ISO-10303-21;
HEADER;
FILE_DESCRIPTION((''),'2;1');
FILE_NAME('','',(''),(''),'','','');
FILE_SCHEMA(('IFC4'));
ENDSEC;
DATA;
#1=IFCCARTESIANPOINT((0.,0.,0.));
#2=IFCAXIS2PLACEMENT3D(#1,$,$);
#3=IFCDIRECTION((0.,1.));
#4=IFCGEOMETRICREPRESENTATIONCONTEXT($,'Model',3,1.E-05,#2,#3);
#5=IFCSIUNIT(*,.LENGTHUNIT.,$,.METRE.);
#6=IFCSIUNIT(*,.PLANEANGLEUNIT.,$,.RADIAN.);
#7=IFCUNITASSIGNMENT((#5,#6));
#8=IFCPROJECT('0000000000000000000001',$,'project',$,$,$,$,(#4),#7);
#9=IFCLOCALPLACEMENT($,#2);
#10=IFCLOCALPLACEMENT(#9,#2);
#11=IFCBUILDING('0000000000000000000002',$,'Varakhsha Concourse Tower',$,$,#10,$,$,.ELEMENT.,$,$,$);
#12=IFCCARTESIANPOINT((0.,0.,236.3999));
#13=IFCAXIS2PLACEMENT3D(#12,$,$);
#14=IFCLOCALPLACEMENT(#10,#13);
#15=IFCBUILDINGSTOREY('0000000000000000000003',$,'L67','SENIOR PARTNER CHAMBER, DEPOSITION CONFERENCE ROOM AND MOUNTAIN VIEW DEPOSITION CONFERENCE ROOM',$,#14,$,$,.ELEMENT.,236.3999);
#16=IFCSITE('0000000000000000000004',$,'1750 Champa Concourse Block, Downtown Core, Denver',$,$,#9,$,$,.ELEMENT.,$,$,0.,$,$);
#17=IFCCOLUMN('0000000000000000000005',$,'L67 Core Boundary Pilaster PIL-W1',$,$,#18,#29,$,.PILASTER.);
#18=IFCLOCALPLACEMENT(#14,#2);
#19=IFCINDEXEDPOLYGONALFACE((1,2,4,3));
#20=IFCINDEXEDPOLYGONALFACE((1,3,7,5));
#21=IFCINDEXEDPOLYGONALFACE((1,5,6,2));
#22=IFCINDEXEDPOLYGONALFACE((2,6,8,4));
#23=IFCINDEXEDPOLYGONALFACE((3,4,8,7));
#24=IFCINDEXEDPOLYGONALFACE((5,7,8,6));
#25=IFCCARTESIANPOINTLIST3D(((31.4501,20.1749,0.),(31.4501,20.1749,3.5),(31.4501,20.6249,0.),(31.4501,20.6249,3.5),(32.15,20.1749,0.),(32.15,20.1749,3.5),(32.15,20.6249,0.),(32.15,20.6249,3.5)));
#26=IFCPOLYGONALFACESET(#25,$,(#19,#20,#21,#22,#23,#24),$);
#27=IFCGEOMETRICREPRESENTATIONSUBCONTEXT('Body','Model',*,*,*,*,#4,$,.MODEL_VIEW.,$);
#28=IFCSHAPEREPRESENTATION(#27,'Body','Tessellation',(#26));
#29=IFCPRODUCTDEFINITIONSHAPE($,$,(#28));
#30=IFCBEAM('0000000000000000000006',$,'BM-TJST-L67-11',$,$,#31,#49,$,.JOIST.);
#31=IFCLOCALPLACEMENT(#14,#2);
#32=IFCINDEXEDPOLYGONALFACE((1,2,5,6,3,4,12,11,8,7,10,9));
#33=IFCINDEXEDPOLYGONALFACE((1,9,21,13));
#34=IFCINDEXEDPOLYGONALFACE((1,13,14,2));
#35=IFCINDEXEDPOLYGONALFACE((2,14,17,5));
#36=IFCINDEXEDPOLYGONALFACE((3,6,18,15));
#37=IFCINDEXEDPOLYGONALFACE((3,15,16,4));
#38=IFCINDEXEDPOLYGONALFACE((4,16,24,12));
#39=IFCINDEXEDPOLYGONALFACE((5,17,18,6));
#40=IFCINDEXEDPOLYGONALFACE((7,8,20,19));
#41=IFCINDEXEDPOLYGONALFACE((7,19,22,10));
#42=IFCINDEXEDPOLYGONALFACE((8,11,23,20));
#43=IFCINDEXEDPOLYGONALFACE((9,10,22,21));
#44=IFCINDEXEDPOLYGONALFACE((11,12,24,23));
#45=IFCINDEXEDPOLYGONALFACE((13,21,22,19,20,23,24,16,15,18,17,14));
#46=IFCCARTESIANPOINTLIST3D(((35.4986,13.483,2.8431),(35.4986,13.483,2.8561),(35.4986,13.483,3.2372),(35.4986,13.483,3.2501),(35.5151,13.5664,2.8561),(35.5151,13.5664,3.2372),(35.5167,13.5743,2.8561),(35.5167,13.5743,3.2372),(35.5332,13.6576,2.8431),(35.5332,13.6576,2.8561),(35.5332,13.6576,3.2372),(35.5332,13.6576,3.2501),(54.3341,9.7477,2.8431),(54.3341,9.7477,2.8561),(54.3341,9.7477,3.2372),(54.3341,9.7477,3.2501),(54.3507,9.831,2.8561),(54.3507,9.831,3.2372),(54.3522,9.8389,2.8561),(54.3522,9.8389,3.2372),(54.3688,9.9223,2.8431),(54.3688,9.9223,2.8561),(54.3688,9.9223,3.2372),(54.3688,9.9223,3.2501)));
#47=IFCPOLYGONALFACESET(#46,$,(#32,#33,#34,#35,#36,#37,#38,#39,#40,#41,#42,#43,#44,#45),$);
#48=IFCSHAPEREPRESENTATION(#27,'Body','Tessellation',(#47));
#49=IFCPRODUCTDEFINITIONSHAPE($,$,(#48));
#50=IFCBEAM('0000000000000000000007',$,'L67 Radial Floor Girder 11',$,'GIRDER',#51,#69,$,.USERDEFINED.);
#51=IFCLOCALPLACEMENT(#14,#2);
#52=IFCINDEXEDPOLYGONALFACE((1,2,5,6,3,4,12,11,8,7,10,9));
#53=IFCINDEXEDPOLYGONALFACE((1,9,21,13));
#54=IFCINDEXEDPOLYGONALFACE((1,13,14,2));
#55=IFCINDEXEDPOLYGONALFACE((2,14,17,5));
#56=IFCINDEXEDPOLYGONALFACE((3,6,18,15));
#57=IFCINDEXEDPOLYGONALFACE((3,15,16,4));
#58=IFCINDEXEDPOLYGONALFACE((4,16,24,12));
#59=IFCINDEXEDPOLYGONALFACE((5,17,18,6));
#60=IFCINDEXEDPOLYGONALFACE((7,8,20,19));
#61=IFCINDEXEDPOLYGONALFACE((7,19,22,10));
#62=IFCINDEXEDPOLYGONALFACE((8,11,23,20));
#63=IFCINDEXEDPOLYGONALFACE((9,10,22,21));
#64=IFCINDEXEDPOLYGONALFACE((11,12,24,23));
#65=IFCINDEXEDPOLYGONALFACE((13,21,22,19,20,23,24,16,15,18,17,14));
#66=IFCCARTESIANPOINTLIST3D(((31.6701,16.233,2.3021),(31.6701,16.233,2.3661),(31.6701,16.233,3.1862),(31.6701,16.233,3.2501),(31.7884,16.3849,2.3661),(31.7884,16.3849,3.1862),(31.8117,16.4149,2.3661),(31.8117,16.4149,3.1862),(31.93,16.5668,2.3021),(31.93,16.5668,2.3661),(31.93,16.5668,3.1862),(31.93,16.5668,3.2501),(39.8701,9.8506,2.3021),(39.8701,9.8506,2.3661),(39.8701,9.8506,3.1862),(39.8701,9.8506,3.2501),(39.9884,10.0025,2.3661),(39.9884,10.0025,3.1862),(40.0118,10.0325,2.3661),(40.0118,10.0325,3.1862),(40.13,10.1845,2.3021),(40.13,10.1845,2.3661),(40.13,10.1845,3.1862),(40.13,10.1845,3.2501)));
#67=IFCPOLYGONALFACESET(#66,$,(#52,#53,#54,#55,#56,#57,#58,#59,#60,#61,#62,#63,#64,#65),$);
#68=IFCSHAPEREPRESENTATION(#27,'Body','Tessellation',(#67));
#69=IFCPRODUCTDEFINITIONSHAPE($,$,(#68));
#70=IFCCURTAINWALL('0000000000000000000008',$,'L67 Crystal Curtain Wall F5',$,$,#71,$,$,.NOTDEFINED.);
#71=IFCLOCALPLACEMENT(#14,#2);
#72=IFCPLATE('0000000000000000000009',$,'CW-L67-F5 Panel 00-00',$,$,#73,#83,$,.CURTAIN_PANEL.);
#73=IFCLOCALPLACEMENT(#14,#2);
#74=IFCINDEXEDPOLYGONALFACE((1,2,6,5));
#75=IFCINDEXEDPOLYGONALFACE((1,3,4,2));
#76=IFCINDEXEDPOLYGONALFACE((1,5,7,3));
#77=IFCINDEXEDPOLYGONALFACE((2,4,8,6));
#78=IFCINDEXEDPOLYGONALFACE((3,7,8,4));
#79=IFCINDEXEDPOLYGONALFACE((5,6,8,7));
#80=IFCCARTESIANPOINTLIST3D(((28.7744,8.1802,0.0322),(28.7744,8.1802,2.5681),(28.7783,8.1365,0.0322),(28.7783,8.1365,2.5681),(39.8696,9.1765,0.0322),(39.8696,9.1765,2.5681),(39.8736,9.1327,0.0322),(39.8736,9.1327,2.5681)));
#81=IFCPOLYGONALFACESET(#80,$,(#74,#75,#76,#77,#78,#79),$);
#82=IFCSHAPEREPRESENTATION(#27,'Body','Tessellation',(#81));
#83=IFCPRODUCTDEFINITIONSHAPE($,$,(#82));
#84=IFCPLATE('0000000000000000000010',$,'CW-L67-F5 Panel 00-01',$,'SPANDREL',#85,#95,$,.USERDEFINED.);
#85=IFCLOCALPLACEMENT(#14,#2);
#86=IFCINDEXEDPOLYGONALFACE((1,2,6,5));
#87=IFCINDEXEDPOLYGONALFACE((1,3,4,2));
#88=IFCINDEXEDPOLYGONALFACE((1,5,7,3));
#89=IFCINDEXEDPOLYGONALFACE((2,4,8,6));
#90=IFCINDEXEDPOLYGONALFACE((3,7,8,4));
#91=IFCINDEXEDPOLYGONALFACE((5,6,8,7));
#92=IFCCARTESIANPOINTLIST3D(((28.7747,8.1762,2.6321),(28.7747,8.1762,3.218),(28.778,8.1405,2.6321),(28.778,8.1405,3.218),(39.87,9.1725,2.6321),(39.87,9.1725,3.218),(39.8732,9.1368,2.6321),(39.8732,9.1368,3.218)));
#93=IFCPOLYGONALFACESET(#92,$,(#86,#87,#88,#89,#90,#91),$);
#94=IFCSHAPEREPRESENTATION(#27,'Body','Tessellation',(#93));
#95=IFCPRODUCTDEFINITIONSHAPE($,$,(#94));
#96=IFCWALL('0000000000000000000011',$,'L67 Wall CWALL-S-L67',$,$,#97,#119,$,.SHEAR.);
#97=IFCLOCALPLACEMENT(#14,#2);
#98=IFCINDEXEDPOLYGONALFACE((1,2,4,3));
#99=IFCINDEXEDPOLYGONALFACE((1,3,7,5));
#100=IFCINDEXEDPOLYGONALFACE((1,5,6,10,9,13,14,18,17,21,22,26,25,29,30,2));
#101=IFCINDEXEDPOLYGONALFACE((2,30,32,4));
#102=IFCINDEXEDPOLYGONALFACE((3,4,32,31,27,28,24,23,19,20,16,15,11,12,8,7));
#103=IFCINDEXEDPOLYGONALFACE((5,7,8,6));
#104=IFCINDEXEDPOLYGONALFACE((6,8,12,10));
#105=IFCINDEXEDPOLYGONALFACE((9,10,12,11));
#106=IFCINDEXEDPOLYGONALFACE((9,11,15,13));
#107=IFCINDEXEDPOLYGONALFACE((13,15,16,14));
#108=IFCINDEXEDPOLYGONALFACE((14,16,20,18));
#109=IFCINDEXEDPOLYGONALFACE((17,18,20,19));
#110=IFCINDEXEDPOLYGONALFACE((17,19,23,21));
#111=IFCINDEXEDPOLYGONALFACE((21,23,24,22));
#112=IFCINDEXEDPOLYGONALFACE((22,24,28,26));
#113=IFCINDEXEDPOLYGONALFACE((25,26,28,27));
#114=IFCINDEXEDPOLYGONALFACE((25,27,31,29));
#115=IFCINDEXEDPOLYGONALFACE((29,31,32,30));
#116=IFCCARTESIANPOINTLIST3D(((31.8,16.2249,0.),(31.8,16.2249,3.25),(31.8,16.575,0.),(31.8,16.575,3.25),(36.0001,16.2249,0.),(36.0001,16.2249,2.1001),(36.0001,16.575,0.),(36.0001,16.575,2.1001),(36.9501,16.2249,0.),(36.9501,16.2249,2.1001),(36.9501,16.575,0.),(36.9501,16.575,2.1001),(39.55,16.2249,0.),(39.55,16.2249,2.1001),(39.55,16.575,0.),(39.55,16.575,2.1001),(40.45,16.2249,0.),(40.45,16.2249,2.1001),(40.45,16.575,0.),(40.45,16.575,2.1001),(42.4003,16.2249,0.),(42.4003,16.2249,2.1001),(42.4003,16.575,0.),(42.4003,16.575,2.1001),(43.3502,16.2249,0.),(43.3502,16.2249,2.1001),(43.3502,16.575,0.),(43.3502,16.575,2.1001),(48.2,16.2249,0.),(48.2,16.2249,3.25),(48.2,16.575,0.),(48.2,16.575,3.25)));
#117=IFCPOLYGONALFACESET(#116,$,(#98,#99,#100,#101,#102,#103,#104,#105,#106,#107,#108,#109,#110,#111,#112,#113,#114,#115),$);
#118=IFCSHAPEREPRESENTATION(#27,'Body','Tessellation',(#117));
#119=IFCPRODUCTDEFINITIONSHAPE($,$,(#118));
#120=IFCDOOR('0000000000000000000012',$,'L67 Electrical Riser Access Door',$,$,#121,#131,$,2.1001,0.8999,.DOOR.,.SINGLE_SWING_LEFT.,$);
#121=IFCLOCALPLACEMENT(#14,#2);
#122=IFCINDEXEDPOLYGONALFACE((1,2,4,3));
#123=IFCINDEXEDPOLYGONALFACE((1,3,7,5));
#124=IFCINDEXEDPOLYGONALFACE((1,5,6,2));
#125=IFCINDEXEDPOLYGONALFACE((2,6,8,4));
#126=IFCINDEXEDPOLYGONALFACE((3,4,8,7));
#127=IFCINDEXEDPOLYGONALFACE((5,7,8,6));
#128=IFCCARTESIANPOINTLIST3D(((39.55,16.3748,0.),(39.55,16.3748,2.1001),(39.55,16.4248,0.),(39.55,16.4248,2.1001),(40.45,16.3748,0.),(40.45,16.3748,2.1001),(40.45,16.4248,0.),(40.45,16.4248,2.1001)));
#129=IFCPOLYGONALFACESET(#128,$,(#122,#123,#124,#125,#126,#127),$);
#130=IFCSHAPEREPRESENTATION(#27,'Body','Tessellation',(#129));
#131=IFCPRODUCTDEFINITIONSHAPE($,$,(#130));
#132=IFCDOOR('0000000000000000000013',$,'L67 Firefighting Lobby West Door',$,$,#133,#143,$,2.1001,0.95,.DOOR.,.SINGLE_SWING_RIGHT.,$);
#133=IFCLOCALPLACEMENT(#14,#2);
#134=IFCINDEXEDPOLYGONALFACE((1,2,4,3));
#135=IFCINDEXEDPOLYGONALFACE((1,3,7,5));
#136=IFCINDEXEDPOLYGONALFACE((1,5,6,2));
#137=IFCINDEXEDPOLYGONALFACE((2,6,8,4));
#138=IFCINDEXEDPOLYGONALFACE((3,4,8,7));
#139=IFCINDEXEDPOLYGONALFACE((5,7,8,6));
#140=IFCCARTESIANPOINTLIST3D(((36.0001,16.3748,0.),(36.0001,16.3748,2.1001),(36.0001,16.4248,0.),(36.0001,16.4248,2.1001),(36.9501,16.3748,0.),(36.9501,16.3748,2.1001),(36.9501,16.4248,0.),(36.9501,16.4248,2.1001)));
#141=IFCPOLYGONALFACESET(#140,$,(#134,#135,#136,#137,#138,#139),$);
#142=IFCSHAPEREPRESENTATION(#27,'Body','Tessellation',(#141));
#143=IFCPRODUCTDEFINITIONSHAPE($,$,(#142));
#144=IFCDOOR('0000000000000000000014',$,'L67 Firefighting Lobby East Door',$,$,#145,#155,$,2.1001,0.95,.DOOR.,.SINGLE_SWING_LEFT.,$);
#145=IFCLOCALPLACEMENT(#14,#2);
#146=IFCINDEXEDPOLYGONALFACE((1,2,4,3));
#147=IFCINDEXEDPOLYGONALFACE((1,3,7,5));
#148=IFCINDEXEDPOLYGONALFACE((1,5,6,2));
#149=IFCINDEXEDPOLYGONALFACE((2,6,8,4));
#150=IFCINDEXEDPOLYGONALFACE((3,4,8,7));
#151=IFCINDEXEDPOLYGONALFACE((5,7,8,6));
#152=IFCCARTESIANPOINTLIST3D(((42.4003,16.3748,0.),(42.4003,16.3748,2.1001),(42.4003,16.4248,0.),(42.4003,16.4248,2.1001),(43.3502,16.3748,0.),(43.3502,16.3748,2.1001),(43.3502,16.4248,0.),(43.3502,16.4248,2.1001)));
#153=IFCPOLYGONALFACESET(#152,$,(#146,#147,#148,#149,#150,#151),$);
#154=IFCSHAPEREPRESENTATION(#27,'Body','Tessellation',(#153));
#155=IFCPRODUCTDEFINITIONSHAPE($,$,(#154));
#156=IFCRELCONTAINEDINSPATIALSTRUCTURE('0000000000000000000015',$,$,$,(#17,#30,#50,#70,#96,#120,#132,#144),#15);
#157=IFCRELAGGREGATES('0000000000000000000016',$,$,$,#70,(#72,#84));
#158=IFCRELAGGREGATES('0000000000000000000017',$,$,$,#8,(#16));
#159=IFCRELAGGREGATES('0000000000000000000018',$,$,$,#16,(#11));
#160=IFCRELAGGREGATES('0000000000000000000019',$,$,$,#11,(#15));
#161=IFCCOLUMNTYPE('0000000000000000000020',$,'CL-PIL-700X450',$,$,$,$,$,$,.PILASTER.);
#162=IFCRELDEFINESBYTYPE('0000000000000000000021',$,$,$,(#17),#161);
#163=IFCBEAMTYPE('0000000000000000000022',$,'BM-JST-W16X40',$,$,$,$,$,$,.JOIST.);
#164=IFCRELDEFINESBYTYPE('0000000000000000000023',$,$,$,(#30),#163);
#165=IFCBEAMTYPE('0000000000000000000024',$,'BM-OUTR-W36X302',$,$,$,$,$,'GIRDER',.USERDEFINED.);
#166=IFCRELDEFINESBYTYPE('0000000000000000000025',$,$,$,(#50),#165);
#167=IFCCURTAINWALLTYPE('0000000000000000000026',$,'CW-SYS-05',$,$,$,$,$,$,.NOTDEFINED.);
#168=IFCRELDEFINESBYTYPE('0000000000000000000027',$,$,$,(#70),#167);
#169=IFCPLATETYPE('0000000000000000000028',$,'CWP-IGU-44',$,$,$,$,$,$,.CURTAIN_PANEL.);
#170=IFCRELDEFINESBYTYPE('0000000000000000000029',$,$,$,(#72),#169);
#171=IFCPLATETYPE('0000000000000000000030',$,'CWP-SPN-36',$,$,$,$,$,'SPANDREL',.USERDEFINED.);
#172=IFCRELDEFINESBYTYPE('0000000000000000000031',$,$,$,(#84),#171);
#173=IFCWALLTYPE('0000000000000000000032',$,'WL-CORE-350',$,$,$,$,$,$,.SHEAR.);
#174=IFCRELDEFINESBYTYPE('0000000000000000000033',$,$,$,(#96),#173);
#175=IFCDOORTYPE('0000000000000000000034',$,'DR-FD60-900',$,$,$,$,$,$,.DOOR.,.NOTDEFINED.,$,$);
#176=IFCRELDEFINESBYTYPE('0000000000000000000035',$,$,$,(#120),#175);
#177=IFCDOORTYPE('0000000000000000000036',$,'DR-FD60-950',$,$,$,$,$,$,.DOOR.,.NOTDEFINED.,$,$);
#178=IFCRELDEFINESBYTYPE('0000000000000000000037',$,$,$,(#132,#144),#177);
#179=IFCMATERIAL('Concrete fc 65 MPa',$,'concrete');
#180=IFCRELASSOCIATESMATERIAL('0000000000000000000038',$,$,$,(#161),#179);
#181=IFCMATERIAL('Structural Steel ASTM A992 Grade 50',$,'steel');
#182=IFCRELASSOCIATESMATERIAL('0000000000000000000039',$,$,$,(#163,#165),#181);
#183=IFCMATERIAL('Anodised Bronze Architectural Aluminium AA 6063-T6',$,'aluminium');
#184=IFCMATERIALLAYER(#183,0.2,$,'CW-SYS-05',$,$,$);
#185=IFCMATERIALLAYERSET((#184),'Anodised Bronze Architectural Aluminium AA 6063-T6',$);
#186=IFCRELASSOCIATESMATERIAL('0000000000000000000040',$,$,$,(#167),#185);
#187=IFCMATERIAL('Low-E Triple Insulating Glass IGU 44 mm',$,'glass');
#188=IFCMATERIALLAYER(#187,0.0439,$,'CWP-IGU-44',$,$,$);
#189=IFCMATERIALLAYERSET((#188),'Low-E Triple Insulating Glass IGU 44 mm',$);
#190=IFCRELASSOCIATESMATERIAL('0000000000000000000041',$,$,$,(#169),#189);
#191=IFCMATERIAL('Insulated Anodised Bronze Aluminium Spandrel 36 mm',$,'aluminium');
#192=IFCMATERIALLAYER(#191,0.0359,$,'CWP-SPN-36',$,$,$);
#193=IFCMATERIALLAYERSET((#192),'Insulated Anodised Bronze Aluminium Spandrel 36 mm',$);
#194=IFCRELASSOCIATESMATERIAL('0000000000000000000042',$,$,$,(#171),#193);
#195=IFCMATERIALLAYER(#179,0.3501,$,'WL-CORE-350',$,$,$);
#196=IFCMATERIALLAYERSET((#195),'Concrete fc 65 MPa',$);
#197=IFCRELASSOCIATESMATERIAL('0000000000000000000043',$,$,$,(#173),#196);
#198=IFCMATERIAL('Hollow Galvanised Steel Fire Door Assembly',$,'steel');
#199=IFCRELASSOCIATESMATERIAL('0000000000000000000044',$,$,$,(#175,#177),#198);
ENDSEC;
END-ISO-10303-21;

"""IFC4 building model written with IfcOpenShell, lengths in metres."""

from ifc_helpers import new_model, si_unit, direction, frame, frame_2d, origin, origin_2d, place, context, subcontext, project, spatial, rectangle, i_section, extrude, source, transform, mapped, material, layer, layer_set, material_profile, profile_set, type_object, type_shapes, element, fill, aggregate, save


model = new_model("IFC4")

# Units and contexts
model_context = context("Model", 3, precision=1e-05, world=origin(), true_north=direction((0.0, 1.0)))
body_context = subcontext(model_context, "Body", "Model", "MODEL_VIEW")
ifc_project = project(units=[si_unit("LENGTHUNIT", "METRE"), si_unit("PLANEANGLEUNIT", "RADIAN")], contexts=[model_context])

# Site, building, storey
site_placement = place(None, origin())
site = spatial("IfcSite", under=ifc_project, at=site_placement, Name="1750 Champa Concourse Block, Downtown Core, Denver", CompositionType="ELEMENT", RefElevation=0.0)
building_placement = place(site_placement, origin())
building = spatial("IfcBuilding", under=site, at=building_placement, Name="Varakhsha Concourse Tower", CompositionType="ELEMENT")
storey_placement = place(building_placement, frame((0.0, 0.0, 236.3999)))
storey = spatial("IfcBuildingStorey", under=building, at=storey_placement, Name="L67", Description="SENIOR PARTNER CHAMBER, DEPOSITION CONFERENCE ROOM AND MOUNTAIN VIEW DEPOSITION CONFERENCE ROOM", CompositionType="ELEMENT", Elevation=236.3999)

# Column
ifc_material_1 = material(Name="Concrete fc 65 MPa", Category="concrete")
ifc_material_profile_1 = material_profile(ifc_material_1, rectangle(XDim=0.7, YDim=0.45, at=origin_2d()), Name="RC 700x450")
ifc_profile_set_1 = profile_set([ifc_material_profile_1], Name="Concrete fc 65 MPa")
column_type = type_object("IfcColumnType", Name="CL-PIL-700X450", PredefinedType="PILASTER", material=ifc_profile_set_1)
column_placement = place(storey_placement, frame((31.8, 20.3999, 0.0), z_axis=(0.0, 0.0, 1.0), x_axis=(1.0, 0.0, 0.0)))
element("IfcColumn", 1, at=column_placement, inside=storey, type_object=column_type, Name="L67 Core Boundary Pilaster PIL-W1", PredefinedType="PILASTER", context=body_context, shape_type="SweptSolid", body=[
    extrude(rectangle(XDim=0.7, YDim=0.45, at=origin_2d()), origin(), (0.0, 0.0, 1.0), 3.5),
])

# Beams
ifc_material_2 = material(Name="Structural Steel ASTM A992 Grade 50", Category="steel")
ifc_material_profile_2 = material_profile(ifc_material_2, i_section(OverallWidth=0.178, OverallDepth=0.407, WebThickness=0.0081, FlangeThickness=0.0129, at=origin_2d()), Name="W16X40")
ifc_profile_set_2 = profile_set([ifc_material_profile_2], Name="Structural Steel ASTM A992 Grade 50")
beam_type_1 = type_object("IfcBeamType", Name="BM-JST-W16X40", PredefinedType="JOIST", material=ifc_profile_set_2)
beam_1_placement = place(storey_placement, frame((35.5159, 13.5703, 3.0466), z_axis=(0.980898, -0.194524, 0.0), x_axis=(0.194524, 0.980898, 0.0)))
element("IfcBeam", 2, at=beam_1_placement, inside=storey, type_object=beam_type_1, Name="BM-TJST-L67-11", PredefinedType="JOIST", context=body_context, shape_type="SweptSolid", body=[
    extrude(i_section(OverallWidth=0.178, OverallDepth=0.407, WebThickness=0.0081, FlangeThickness=0.0129, at=origin_2d()), origin(), (0.0, 0.0, 1.0), 19.2024),
])
ifc_material_profile_3 = material_profile(ifc_material_2, i_section(OverallWidth=0.4231, OverallDepth=0.948, WebThickness=0.0381, FlangeThickness=0.064, at=origin_2d()), Name="W36X302")
ifc_profile_set_3 = profile_set([ifc_material_profile_3], Name="Structural Steel ASTM A992 Grade 50")
beam_type_2 = type_object("IfcBeamType", Name="BM-OUTR-W36X302", ElementType="GIRDER", PredefinedType="USERDEFINED", material=ifc_profile_set_3)
beam_2_placement = place(storey_placement, frame((31.8, 16.3999, 2.7761), z_axis=(0.789138, -0.614215, 0.0), x_axis=(0.614215, 0.789138, 0.0)))
element("IfcBeam", 3, at=beam_2_placement, inside=storey, type_object=beam_type_2, Name="L67 Radial Floor Girder 11", ObjectType="GIRDER", PredefinedType="USERDEFINED", context=body_context, shape_type="SweptSolid", body=[
    extrude(i_section(OverallWidth=0.4231, OverallDepth=0.948, WebThickness=0.0381, FlangeThickness=0.064, at=origin_2d()), origin(), (0.0, 0.0, 1.0), 10.3911),
])

# Curtain wall, plates
ifc_material_3 = material(Name="Anodised Bronze Architectural Aluminium AA 6063-T6", Category="aluminium")
ifc_layer_1 = layer(ifc_material_3, 0.2, Name="CW-SYS-05")
ifc_layer_set_1 = layer_set([ifc_layer_1], Name="Anodised Bronze Architectural Aluminium AA 6063-T6")
curtain_wall_type = type_object("IfcCurtainWallType", Name="CW-SYS-05", PredefinedType="NOTDEFINED", material=ifc_layer_set_1)
curtain_wall_placement = place(storey_placement, origin())
curtain_wall = element("IfcCurtainWall", 4, at=curtain_wall_placement, inside=storey, type_object=curtain_wall_type, Name="L67 Crystal Curtain Wall F5", PredefinedType="NOTDEFINED")
ifc_material_4 = material(Name="Low-E Triple Insulating Glass IGU 44 mm", Category="glass")
ifc_layer_2 = layer(ifc_material_4, 0.0439, Name="CWP-IGU-44")
ifc_layer_set_2 = layer_set([ifc_layer_2], Name="Low-E Triple Insulating Glass IGU 44 mm")
plate_type_1 = type_object("IfcPlateType", Name="CWP-IGU-44", PredefinedType="CURTAIN_PANEL", material=ifc_layer_set_2)
shared_shape_1 = source(origin(), body_context, "Body", "SweptSolid", [
    extrude(rectangle(XDim=11.1399, YDim=0.0439, at=origin_2d()), origin(), (0.0, 0.0, 1.0), 2.5359),
])
type_shapes(plate_type_1, [shared_shape_1])
plate_1_placement = place(storey_placement, frame((34.324, 8.6565, 0.0322), z_axis=(0.0, 0.0, 1.0), x_axis=(-0.995993, -0.089433, 0.0)))
plate_1 = element("IfcPlate", 5, at=plate_1_placement, type_object=plate_type_1, Name="CW-L67-F5 Panel 00-00", PredefinedType="CURTAIN_PANEL", context=body_context, shape_type="MappedRepresentation", body=[
    mapped(shared_shape_1, transform((0.0, 0.0, 0.0), scale=1.0)),
])
ifc_material_5 = material(Name="Insulated Anodised Bronze Aluminium Spandrel 36 mm", Category="aluminium")
ifc_layer_3 = layer(ifc_material_5, 0.0359, Name="CWP-SPN-36")
ifc_layer_set_3 = layer_set([ifc_layer_3], Name="Insulated Anodised Bronze Aluminium Spandrel 36 mm")
plate_type_2 = type_object("IfcPlateType", Name="CWP-SPN-36", ElementType="SPANDREL", PredefinedType="USERDEFINED", material=ifc_layer_set_3)
shared_shape_2 = source(origin(), body_context, "Body", "SweptSolid", [
    extrude(rectangle(XDim=11.1399, YDim=0.0359, at=origin_2d()), origin(), (0.0, 0.0, 1.0), 0.5859),
])
type_shapes(plate_type_2, [shared_shape_2])
plate_2_placement = place(storey_placement, frame((34.324, 8.6565, 2.6321), z_axis=(0.0, 0.0, 1.0), x_axis=(-0.995993, -0.089433, 0.0)))
plate_2 = element("IfcPlate", 6, at=plate_2_placement, type_object=plate_type_2, Name="CW-L67-F5 Panel 00-01", ObjectType="SPANDREL", PredefinedType="USERDEFINED", context=body_context, shape_type="MappedRepresentation", body=[
    mapped(shared_shape_2, transform((0.0, 0.0, 0.0), scale=1.0)),
])
aggregate(curtain_wall, [plate_1, plate_2])

# Wall, openings, doors
ifc_layer_4 = layer(ifc_material_1, 0.3501, Name="WL-CORE-350")
ifc_layer_set_4 = layer_set([ifc_layer_4], Name="Concrete fc 65 MPa")
wall_type_1 = type_object("IfcWallType", Name="WL-CORE-350", PredefinedType="SHEAR", material=ifc_layer_set_4)
wall_1_placement = place(storey_placement, frame((31.8, 16.3999, 0.0), z_axis=(0.0, 0.0, 1.0), x_axis=(1.0, 0.0, 0.0)))
wall_1 = element("IfcWall", 7, at=wall_1_placement, inside=storey, type_object=wall_type_1, Name="L67 Wall CWALL-S-L67", PredefinedType="SHEAR", context=body_context, shape_type="SweptSolid", body=[
    extrude(rectangle(XDim=16.3999, YDim=0.3501, at=frame_2d((8.2, 0.0))), origin(), (0.0, 0.0, 1.0), 3.25),
])
opening_1_placement = place(wall_1_placement, frame((7.75, 0.0, 0.0)))
opening_1 = element("IfcOpeningElement", 8, at=opening_1_placement, cuts=wall_1, PredefinedType="OPENING", context=body_context, shape_type="SweptSolid", body=[
    extrude(rectangle(XDim=0.8999, YDim=2.1001, at=frame_2d((0.45, 1.05))), frame((0.0, 0.1851, 0.0), z_axis=(0.0, -1.0, 0.0), x_axis=(1.0, 0.0, 0.0)), (0.0, 0.0, 1.0), 0.3701),
])
opening_2_placement = place(wall_1_placement, frame((4.2, 0.0, 0.0)))
opening_2 = element("IfcOpeningElement", 9, at=opening_2_placement, cuts=wall_1, PredefinedType="OPENING", context=body_context, shape_type="SweptSolid", body=[
    extrude(rectangle(XDim=0.95, YDim=2.1001, at=frame_2d((0.4751, 1.05))), frame((0.0, 0.1851, 0.0), z_axis=(0.0, -1.0, 0.0), x_axis=(1.0, 0.0, 0.0)), (0.0, 0.0, 1.0), 0.3701),
])
opening_3_placement = place(wall_1_placement, frame((10.6001, 0.0, 0.0)))
opening_3 = element("IfcOpeningElement", 10, at=opening_3_placement, cuts=wall_1, PredefinedType="OPENING", context=body_context, shape_type="SweptSolid", body=[
    extrude(rectangle(XDim=0.95, YDim=2.1001, at=frame_2d((0.4751, 1.05))), frame((0.0, 0.1851, 0.0), z_axis=(0.0, -1.0, 0.0), x_axis=(1.0, 0.0, 0.0)), (0.0, 0.0, 1.0), 0.3701),
])
ifc_material_6 = material(Name="Hollow Galvanised Steel Fire Door Assembly", Category="steel")
door_type_1 = type_object("IfcDoorType", Name="DR-FD60-900", OperationType="NOTDEFINED", PredefinedType="DOOR", material=ifc_material_6)
door_1_placement = place(opening_1_placement, origin())
door_1 = element("IfcDoor", 11, at=door_1_placement, inside=storey, type_object=door_type_1, Name="L67 Electrical Riser Access Door", OperationType="SINGLE_SWING_LEFT", OverallHeight=2.1001, OverallWidth=0.8999, PredefinedType="DOOR", context=body_context, shape_type="SweptSolid", body=[
    extrude(rectangle(XDim=0.8999, YDim=2.1001, at=frame_2d((0.45, 1.05))), frame((0.0, 0.0249, 0.0), z_axis=(0.0, -1.0, 0.0), x_axis=(1.0, 0.0, 0.0)), (0.0, 0.0, 1.0), 0.05),
])
fill(opening_1, door_1)
door_type_2 = type_object("IfcDoorType", Name="DR-FD60-950", OperationType="NOTDEFINED", PredefinedType="DOOR", material=ifc_material_6)
door_2_placement = place(opening_2_placement, origin())
door_2 = element("IfcDoor", 12, at=door_2_placement, inside=storey, type_object=door_type_2, Name="L67 Firefighting Lobby West Door", OperationType="SINGLE_SWING_RIGHT", OverallHeight=2.1001, OverallWidth=0.95, PredefinedType="DOOR", context=body_context, shape_type="SweptSolid", body=[
    extrude(rectangle(XDim=0.95, YDim=2.1001, at=frame_2d((0.4751, 1.05))), frame((0.0, 0.0249, 0.0), z_axis=(0.0, -1.0, 0.0), x_axis=(1.0, 0.0, 0.0)), (0.0, 0.0, 1.0), 0.05),
])
fill(opening_2, door_2)
door_3_placement = place(opening_3_placement, origin())
door_3 = element("IfcDoor", 13, at=door_3_placement, inside=storey, type_object=door_type_2, Name="L67 Firefighting Lobby East Door", OperationType="SINGLE_SWING_LEFT", OverallHeight=2.1001, OverallWidth=0.95, PredefinedType="DOOR", context=body_context, shape_type="SweptSolid", body=[
    extrude(rectangle(XDim=0.95, YDim=2.1001, at=frame_2d((0.4751, 1.05))), frame((0.0, 0.0249, 0.0), z_axis=(0.0, -1.0, 0.0), x_axis=(1.0, 0.0, 0.0)), (0.0, 0.0, 1.0), 0.05),
])
fill(opening_3, door_3)

save(model, "model.ifc")
